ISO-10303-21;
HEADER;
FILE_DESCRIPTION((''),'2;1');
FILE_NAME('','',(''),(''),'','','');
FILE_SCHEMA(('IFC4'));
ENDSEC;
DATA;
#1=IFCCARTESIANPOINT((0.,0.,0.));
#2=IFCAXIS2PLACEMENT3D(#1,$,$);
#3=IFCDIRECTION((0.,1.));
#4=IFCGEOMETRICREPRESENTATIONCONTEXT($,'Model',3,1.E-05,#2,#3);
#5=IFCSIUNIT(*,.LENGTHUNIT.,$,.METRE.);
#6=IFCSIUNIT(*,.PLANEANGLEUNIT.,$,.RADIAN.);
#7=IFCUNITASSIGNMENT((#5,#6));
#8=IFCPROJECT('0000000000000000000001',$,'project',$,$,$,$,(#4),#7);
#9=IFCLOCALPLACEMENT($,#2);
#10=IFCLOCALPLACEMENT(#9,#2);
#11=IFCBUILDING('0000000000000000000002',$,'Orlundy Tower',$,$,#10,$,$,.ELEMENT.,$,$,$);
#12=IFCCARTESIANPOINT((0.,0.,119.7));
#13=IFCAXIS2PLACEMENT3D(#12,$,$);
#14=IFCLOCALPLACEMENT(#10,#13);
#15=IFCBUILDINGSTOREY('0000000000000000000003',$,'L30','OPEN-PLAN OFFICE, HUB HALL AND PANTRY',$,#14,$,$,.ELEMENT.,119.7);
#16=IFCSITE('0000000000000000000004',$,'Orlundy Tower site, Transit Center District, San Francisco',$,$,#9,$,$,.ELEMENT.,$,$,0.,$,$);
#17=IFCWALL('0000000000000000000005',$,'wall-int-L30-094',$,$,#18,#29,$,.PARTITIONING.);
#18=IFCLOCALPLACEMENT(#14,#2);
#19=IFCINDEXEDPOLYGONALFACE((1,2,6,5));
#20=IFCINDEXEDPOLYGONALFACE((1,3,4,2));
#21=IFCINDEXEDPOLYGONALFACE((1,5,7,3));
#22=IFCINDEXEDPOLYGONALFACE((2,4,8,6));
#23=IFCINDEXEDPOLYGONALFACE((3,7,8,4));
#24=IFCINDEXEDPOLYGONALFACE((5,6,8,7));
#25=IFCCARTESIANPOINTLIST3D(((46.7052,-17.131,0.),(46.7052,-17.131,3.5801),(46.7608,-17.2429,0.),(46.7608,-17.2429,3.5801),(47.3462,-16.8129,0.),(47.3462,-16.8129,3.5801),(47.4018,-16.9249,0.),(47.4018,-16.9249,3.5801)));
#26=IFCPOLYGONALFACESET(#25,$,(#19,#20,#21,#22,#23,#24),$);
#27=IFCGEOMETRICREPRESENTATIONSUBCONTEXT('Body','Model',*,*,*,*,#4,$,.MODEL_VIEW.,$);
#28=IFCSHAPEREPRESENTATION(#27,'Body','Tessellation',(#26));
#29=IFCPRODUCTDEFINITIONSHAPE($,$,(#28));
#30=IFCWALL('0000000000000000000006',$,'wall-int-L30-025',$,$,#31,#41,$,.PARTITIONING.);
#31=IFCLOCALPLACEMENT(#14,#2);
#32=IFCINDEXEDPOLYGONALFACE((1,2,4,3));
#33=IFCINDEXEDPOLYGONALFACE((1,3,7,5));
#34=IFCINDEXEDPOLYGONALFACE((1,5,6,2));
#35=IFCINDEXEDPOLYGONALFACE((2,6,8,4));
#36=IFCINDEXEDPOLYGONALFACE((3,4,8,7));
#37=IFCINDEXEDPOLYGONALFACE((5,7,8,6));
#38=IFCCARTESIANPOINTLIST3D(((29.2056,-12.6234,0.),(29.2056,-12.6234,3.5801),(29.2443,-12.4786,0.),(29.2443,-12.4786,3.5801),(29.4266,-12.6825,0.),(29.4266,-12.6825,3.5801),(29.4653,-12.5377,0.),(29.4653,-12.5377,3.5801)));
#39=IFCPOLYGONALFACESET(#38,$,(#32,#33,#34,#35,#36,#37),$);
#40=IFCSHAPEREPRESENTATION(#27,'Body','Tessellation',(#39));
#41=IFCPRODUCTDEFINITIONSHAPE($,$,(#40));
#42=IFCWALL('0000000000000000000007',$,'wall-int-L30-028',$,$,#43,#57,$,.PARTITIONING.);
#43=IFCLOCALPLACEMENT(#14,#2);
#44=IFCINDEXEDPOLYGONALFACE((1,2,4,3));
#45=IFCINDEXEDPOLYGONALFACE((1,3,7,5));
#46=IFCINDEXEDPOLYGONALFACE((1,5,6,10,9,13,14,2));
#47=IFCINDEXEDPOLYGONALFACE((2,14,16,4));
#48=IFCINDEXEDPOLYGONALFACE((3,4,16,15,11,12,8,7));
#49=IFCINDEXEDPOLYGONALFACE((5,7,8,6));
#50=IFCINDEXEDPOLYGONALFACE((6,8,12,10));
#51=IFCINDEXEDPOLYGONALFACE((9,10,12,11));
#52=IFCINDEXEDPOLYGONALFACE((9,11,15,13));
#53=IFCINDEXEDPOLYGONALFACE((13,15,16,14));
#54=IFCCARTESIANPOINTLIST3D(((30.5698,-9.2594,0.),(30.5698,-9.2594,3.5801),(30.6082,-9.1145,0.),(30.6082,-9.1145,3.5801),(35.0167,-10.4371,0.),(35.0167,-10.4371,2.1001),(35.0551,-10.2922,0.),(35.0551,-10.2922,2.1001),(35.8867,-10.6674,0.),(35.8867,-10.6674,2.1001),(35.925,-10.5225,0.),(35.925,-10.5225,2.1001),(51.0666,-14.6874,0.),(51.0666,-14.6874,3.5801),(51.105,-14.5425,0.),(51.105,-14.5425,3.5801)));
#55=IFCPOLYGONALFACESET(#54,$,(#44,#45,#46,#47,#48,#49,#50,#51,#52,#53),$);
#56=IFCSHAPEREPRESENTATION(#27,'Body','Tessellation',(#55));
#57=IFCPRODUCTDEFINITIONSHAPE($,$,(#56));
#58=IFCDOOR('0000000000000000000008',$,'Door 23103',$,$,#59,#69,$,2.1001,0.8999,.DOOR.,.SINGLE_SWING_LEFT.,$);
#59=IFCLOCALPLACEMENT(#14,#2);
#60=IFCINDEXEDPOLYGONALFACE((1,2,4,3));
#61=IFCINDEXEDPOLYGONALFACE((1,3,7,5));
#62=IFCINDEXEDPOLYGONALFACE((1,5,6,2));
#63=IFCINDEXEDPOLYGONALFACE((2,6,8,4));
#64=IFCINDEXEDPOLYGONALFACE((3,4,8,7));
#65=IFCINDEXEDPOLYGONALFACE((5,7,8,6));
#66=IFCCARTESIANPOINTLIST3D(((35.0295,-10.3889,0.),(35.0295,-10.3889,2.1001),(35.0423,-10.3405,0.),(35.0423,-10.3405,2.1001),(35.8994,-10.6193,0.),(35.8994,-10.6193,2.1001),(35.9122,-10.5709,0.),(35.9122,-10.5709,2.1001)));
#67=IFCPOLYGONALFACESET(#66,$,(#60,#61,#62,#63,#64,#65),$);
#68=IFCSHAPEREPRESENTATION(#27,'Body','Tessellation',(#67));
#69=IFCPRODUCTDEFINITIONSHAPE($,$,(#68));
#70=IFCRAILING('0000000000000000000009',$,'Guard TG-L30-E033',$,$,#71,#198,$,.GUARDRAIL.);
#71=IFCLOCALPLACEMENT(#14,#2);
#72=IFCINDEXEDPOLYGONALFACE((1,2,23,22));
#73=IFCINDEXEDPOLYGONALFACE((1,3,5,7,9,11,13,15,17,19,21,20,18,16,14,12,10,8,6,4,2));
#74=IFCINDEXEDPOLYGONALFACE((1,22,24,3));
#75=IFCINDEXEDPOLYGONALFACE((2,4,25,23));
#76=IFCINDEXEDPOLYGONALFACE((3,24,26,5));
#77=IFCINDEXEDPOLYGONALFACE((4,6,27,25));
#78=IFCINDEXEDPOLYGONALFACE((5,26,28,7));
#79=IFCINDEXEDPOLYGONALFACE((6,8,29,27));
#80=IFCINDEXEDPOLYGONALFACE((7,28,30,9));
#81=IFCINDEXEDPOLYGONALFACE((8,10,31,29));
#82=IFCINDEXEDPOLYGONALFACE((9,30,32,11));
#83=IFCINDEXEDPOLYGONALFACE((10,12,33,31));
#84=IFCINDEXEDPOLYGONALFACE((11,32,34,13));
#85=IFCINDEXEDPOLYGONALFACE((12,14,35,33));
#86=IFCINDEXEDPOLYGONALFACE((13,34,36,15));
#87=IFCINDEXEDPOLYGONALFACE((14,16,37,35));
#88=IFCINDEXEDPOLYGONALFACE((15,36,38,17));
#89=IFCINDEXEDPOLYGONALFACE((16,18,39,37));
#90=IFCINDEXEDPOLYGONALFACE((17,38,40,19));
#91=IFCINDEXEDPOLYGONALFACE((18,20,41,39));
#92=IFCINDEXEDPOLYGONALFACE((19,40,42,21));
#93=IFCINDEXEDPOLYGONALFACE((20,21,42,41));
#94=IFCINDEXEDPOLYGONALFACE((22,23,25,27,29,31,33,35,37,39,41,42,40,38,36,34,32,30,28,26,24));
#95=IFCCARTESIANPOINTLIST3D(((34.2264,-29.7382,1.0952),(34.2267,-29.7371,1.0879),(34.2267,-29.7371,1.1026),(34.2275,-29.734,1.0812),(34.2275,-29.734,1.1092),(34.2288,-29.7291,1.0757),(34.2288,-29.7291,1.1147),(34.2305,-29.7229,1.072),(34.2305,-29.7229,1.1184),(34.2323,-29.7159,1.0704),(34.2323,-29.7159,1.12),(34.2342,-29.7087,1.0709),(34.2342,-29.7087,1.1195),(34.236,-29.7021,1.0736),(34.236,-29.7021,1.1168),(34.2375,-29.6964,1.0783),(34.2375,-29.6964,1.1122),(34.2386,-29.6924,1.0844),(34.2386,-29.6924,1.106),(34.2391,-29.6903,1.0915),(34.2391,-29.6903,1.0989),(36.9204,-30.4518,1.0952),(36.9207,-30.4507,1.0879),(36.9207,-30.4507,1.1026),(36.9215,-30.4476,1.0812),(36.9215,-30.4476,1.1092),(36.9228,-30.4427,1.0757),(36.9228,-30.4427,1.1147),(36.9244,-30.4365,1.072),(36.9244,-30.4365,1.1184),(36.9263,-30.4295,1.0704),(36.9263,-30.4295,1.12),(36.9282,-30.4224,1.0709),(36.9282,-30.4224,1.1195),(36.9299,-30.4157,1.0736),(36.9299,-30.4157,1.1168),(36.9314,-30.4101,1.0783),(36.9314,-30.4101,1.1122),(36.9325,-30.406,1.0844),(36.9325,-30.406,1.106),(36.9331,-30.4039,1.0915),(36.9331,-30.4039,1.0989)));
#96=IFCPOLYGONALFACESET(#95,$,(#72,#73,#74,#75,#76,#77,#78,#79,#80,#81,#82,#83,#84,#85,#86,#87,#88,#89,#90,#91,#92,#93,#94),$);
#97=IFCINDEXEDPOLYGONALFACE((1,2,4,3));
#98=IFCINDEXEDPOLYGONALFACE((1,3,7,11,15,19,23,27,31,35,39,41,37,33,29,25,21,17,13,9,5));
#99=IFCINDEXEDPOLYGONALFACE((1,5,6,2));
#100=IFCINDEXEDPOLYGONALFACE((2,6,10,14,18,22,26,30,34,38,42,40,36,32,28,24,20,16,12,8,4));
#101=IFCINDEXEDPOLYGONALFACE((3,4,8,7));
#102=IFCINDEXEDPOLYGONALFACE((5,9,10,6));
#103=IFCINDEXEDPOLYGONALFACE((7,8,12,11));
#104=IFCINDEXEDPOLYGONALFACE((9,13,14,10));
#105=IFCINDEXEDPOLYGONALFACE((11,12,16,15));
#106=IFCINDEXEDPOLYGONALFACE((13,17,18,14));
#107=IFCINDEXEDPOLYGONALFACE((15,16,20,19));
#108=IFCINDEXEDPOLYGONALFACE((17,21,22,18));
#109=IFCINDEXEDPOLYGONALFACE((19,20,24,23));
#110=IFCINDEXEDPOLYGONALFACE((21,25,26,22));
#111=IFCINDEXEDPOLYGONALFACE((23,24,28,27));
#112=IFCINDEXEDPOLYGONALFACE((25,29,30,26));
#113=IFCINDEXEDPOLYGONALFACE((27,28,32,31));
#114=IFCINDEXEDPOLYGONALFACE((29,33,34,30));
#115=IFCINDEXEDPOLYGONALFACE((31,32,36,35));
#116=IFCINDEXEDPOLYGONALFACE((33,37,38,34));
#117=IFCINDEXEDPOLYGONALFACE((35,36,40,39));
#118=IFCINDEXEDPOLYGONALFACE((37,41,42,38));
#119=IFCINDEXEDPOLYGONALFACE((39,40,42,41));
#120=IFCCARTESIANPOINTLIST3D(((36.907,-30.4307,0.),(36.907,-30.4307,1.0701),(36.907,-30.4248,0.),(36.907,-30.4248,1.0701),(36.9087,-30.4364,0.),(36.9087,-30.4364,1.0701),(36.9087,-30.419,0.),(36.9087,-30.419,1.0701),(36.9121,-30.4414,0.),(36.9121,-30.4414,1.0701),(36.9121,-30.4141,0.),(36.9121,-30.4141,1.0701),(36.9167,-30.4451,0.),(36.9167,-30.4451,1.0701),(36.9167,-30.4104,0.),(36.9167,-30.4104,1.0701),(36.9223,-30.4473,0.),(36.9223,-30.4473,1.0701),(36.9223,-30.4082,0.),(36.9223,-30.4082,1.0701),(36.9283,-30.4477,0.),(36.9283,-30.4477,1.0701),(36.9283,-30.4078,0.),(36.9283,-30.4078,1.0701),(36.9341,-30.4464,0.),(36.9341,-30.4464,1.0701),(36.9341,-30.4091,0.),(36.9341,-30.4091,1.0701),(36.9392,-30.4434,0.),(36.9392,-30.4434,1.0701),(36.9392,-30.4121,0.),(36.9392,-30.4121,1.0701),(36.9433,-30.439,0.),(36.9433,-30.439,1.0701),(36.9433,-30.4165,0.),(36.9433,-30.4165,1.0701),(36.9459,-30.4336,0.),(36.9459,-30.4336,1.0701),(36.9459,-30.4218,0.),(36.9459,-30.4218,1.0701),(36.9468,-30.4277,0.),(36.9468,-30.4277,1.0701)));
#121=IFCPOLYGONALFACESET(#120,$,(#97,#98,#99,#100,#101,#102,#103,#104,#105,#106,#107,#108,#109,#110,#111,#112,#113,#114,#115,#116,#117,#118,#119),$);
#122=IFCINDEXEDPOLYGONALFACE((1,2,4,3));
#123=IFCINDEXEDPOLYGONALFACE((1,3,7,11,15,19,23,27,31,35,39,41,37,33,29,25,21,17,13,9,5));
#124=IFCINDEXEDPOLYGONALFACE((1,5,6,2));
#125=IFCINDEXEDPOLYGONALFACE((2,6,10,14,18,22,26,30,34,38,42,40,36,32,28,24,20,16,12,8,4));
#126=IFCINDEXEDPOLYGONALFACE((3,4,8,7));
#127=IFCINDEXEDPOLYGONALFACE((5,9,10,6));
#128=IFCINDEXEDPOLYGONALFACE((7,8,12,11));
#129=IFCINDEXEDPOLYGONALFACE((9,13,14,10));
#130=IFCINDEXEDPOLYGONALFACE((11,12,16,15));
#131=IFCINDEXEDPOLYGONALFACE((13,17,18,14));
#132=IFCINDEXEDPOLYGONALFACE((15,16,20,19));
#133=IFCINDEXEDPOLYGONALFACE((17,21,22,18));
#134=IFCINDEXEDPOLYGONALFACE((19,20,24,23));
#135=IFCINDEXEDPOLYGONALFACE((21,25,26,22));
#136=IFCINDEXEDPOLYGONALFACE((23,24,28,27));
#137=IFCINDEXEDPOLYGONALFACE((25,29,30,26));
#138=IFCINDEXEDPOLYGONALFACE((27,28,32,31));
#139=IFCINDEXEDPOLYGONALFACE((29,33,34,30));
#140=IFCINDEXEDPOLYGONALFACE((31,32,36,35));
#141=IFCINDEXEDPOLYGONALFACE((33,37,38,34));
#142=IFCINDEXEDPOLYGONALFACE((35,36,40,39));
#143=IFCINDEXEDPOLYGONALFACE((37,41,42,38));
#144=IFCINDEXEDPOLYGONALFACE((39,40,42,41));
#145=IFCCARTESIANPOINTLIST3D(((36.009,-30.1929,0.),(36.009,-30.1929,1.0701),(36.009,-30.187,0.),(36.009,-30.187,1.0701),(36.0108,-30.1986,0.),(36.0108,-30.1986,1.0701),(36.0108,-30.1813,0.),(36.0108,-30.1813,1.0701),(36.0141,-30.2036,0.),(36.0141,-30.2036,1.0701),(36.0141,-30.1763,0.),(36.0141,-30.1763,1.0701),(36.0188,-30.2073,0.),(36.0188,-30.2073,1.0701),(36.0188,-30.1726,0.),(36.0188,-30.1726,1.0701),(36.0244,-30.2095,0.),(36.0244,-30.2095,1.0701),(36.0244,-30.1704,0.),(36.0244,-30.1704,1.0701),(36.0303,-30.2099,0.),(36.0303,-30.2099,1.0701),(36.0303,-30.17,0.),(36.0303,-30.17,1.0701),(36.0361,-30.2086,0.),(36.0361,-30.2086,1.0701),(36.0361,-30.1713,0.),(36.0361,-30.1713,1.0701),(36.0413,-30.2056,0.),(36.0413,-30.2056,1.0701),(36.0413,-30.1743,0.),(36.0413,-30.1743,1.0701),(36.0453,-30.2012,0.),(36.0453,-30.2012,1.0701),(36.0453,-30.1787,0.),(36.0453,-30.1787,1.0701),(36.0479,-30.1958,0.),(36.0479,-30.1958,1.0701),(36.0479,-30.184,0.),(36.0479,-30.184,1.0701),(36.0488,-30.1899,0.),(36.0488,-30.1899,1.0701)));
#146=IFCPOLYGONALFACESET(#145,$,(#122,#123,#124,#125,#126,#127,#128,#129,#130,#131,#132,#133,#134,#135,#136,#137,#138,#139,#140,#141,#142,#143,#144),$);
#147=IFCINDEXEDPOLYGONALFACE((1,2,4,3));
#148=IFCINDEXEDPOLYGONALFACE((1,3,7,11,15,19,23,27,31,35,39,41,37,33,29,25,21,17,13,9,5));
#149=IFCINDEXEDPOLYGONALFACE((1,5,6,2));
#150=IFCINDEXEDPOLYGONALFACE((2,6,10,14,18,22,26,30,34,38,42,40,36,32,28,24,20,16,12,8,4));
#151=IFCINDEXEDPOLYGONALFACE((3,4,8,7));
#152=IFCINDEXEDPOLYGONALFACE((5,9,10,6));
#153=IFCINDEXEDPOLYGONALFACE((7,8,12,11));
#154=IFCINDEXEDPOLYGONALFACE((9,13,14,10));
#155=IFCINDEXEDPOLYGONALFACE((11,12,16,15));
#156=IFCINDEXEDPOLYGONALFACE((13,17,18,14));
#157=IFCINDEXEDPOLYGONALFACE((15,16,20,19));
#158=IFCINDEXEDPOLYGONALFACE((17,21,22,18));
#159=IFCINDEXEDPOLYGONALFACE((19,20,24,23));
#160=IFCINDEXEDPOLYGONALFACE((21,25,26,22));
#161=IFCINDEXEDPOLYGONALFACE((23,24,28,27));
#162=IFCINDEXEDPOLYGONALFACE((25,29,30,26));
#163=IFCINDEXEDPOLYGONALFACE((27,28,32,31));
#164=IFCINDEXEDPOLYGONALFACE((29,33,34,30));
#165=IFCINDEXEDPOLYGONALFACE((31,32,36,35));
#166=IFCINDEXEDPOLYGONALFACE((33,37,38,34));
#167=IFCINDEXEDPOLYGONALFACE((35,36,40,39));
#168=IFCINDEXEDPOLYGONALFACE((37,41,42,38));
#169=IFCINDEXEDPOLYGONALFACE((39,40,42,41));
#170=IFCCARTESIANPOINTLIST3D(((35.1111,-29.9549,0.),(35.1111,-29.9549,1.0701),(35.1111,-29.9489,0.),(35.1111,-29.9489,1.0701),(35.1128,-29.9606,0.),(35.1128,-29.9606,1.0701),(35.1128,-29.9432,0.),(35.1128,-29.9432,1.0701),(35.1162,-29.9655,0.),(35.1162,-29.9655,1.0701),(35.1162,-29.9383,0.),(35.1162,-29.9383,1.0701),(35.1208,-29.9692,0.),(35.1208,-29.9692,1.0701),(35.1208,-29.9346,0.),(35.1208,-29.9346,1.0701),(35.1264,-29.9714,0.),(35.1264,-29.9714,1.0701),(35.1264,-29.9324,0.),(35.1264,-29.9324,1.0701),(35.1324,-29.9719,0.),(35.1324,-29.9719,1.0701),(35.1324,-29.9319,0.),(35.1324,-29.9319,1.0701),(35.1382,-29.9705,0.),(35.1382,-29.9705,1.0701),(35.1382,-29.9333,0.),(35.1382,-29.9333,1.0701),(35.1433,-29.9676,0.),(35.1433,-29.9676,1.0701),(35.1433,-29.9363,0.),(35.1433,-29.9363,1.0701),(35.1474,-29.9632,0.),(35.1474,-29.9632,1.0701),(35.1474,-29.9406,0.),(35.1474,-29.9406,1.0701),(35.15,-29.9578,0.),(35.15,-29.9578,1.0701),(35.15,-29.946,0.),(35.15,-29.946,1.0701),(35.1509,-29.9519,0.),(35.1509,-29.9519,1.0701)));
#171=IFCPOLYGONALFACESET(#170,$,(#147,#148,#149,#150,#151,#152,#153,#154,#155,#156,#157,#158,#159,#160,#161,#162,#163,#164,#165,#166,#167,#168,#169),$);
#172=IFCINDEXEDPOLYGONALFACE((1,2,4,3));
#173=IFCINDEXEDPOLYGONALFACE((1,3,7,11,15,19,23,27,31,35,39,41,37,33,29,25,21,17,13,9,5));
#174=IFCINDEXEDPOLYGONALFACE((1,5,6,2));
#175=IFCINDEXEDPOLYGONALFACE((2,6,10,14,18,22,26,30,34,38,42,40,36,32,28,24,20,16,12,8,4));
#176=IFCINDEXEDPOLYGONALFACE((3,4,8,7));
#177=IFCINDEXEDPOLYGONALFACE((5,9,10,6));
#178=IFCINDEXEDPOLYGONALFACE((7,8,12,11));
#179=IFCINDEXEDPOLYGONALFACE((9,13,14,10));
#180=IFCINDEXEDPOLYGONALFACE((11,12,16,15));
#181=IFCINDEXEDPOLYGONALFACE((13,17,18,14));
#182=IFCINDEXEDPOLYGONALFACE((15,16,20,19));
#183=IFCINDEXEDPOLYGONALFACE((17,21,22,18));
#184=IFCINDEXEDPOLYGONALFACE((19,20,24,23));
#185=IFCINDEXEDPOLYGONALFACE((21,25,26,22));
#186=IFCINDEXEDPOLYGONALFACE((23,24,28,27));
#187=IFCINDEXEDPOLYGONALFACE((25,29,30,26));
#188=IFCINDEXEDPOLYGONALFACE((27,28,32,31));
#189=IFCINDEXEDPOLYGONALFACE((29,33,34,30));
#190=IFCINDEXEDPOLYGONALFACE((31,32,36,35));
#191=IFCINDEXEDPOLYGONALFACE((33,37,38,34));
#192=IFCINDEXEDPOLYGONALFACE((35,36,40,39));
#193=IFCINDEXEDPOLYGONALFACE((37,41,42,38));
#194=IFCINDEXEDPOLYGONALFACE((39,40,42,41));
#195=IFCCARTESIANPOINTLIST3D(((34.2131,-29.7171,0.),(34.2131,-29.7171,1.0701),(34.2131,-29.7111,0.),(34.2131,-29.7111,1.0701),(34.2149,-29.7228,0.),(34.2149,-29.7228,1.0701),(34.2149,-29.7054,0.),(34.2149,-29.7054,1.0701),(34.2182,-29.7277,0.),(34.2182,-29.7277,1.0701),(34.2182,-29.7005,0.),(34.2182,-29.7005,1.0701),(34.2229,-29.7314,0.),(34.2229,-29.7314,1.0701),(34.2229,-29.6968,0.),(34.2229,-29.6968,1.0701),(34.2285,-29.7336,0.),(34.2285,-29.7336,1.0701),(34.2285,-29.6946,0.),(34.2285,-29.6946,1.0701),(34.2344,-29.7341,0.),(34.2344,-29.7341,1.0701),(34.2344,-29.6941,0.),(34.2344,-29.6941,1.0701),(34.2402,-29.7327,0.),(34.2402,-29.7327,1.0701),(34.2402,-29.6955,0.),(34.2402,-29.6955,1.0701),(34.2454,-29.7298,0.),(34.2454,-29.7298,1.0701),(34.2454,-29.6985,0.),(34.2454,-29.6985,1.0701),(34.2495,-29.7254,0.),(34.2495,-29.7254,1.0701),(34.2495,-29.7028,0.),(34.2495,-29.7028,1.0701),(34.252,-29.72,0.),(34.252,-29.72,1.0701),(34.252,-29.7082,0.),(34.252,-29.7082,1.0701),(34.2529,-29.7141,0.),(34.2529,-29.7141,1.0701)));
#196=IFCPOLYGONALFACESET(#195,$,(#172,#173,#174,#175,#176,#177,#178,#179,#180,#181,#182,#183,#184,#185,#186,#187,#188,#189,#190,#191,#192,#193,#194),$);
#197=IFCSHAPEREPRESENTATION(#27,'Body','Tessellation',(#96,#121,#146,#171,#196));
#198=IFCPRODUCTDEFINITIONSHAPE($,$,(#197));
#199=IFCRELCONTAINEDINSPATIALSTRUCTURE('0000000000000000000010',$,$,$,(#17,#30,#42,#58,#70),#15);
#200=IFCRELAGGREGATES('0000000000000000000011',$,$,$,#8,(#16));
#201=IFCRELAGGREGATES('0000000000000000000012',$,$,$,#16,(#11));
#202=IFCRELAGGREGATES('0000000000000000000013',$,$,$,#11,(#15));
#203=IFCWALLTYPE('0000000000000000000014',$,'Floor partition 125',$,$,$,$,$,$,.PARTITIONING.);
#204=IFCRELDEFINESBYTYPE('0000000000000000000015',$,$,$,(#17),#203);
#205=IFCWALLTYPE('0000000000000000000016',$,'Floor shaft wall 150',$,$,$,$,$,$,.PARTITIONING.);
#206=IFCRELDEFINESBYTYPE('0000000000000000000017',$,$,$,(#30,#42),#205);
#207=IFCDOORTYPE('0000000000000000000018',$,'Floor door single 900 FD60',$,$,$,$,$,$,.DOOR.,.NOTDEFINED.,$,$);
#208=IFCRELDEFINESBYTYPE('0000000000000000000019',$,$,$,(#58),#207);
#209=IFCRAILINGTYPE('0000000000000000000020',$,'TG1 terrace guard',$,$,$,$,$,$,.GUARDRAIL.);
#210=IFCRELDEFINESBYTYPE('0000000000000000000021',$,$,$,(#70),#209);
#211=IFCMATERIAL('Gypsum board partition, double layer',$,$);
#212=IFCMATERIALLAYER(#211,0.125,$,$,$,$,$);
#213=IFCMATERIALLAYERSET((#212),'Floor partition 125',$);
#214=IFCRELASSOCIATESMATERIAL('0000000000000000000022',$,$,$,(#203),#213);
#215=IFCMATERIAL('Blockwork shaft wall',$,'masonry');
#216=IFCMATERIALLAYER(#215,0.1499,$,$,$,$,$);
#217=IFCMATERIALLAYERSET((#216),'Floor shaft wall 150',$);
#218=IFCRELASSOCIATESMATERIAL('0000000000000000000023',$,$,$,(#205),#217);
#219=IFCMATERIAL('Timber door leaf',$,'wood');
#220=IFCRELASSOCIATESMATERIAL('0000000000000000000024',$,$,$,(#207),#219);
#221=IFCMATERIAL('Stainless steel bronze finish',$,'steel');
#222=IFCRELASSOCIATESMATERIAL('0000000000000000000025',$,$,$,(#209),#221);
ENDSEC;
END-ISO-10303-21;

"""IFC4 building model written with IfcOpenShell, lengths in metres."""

from ifc_helpers import new_model, si_unit, direction, frame, frame_2d, origin, origin_2d, place, context, subcontext, project, spatial, rectangle, circle, extrude, material, layer, layer_set, type_object, element, fill, save


model = new_model("IFC4")

# Units and contexts
model_context = context("Model", 3, precision=1e-05, world=origin(), true_north=direction((0.0, 1.0)))
body_context = subcontext(model_context, "Body", "Model", "MODEL_VIEW")
ifc_project = project(units=[si_unit("LENGTHUNIT", "METRE"), si_unit("PLANEANGLEUNIT", "RADIAN")], contexts=[model_context])

# Site, building, storey
site_placement = place(None, origin())
site = spatial("IfcSite", under=ifc_project, at=site_placement, Name="Orlundy Tower site, Transit Center District, San Francisco", CompositionType="ELEMENT", RefElevation=0.0)
building_placement = place(site_placement, origin())
building = spatial("IfcBuilding", under=site, at=building_placement, Name="Orlundy Tower", CompositionType="ELEMENT")
storey_placement = place(building_placement, frame((0.0, 0.0, 119.7)))
storey = spatial("IfcBuildingStorey", under=building, at=storey_placement, Name="L30", Description="OPEN-PLAN OFFICE, HUB HALL AND PANTRY", CompositionType="ELEMENT", Elevation=119.7)

# Shared definitions
ifc_material_1 = material(Name="Gypsum board partition, double layer")
ifc_layer_1 = layer(ifc_material_1, 0.125)
ifc_layer_set_1 = layer_set([ifc_layer_1], Name="Floor partition 125")
wall_type_1 = type_object("IfcWallType", Name="Floor partition 125", PredefinedType="PARTITIONING", material=ifc_layer_set_1)

# Walls
wall_1_placement = place(storey_placement, frame((46.7329, -17.187, 0.0), z_axis=(0.0, 0.0, 1.0), x_axis=(0.895788, 0.444483, 0.0)))
element("IfcWall", 1, at=wall_1_placement, inside=storey, type_object=wall_type_1, Name="wall-int-L30-094", PredefinedType="PARTITIONING", context=body_context, shape_type="SweptSolid", body=[
    extrude(rectangle(XDim=0.7156, YDim=0.125, at=frame_2d((0.3579, 0.0))), origin(), (0.0, 0.0, 1.0), 3.5801),
])
ifc_material_2 = material(Name="Blockwork shaft wall", Category="masonry")
ifc_layer_2 = layer(ifc_material_2, 0.1499)
ifc_layer_set_2 = layer_set([ifc_layer_2], Name="Floor shaft wall 150")
wall_type_2 = type_object("IfcWallType", Name="Floor shaft wall 150", PredefinedType="PARTITIONING", material=ifc_layer_set_2)
wall_2_placement = place(storey_placement, frame((29.2251, -12.551, 0.0), z_axis=(0.0, 0.0, 1.0), x_axis=(0.966058, -0.258327, 0.0)))
element("IfcWall", 2, at=wall_2_placement, inside=storey, type_object=wall_type_2, Name="wall-int-L30-025", PredefinedType="PARTITIONING", context=body_context, shape_type="SweptSolid", body=[
    extrude(rectangle(XDim=0.2288, YDim=0.1499, at=frame_2d((0.1143, 0.0))), origin(), (0.0, 0.0, 1.0), 3.5801),
])

# Wall, opening, door
wall_3_placement = place(storey_placement, frame((30.5891, -9.187, 0.0), z_axis=(0.0, 0.0, 1.0), x_axis=(0.966678, -0.255996, 0.0)))
wall_3 = element("IfcWall", 3, at=wall_3_placement, inside=storey, type_object=wall_type_2, Name="wall-int-L30-028", PredefinedType="PARTITIONING", context=body_context, shape_type="SweptSolid", body=[
    extrude(rectangle(XDim=21.2034, YDim=0.1499, at=frame_2d((10.6016, 0.0))), origin(), (0.0, 0.0, 1.0), 3.5801),
])
opening_1_placement = place(wall_3_placement, frame((4.6001, 0.0, 0.0)))
opening_1 = element("IfcOpeningElement", 4, at=opening_1_placement, cuts=wall_3, PredefinedType="OPENING", context=body_context, shape_type="SweptSolid", body=[
    extrude(rectangle(XDim=0.8999, YDim=2.1001, at=frame_2d((0.45, 1.05))), frame((0.0, 0.085, 0.0), z_axis=(0.0, -1.0, 0.0), x_axis=(1.0, 0.0, 0.0)), (0.0, 0.0, 1.0), 0.1699),
])
ifc_material_3 = material(Name="Timber door leaf", Category="wood")
door_type_1 = type_object("IfcDoorType", Name="Floor door single 900 FD60", OperationType="NOTDEFINED", PredefinedType="DOOR", material=ifc_material_3)
door_1_placement = place(opening_1_placement, origin())
door_1 = element("IfcDoor", 5, at=door_1_placement, inside=storey, type_object=door_type_1, Name="Door 23103", OperationType="SINGLE_SWING_LEFT", OverallHeight=2.1001, OverallWidth=0.8999, PredefinedType="DOOR", context=body_context, shape_type="SweptSolid", body=[
    extrude(rectangle(XDim=0.8999, YDim=2.1001, at=frame_2d((0.45, 1.05))), frame((0.0, 0.0249, 0.0), z_axis=(0.0, -1.0, 0.0), x_axis=(1.0, 0.0, 0.0)), (0.0, 0.0, 1.0), 0.05),
])
fill(opening_1, door_1)

# Railing
ifc_material_4 = material(Name="Stainless steel bronze finish", Category="steel")
railing_type = type_object("IfcRailingType", Name="TG1 terrace guard", PredefinedType="GUARDRAIL", material=ifc_material_4)
railing_1_placement = place(storey_placement, frame((36.9268, -30.4277, 0.0)))
element("IfcRailing", 6, at=railing_1_placement, inside=storey, type_object=railing_type, Name="Guard TG-L30-E033", PredefinedType="GUARDRAIL", context=body_context, shape_type="SweptSolid", body=[
    extrude(circle(Radius=0.0249, at=origin_2d()), frame((0.0, 0.0, 1.0952), z_axis=(-0.966657, 0.256076, 0.0), x_axis=(-0.256076, -0.966657, 0.0)), (0.0, 0.0, 1.0), 2.7869),
    extrude(circle(Radius=0.02, at=origin_2d()), origin(), (0.0, 0.0, 1.0), 1.0701),
    extrude(circle(Radius=0.02, at=origin_2d()), frame((-0.8979, 0.2378, 0.0)), (0.0, 0.0, 1.0), 1.0701),
    extrude(circle(Radius=0.02, at=origin_2d()), frame((-1.7959, 0.4758, 0.0)), (0.0, 0.0, 1.0), 1.0701),
    extrude(circle(Radius=0.02, at=origin_2d()), frame((-2.6938, 0.7136, 0.0)), (0.0, 0.0, 1.0), 1.0701),
])

save(model, "model.ifc")
